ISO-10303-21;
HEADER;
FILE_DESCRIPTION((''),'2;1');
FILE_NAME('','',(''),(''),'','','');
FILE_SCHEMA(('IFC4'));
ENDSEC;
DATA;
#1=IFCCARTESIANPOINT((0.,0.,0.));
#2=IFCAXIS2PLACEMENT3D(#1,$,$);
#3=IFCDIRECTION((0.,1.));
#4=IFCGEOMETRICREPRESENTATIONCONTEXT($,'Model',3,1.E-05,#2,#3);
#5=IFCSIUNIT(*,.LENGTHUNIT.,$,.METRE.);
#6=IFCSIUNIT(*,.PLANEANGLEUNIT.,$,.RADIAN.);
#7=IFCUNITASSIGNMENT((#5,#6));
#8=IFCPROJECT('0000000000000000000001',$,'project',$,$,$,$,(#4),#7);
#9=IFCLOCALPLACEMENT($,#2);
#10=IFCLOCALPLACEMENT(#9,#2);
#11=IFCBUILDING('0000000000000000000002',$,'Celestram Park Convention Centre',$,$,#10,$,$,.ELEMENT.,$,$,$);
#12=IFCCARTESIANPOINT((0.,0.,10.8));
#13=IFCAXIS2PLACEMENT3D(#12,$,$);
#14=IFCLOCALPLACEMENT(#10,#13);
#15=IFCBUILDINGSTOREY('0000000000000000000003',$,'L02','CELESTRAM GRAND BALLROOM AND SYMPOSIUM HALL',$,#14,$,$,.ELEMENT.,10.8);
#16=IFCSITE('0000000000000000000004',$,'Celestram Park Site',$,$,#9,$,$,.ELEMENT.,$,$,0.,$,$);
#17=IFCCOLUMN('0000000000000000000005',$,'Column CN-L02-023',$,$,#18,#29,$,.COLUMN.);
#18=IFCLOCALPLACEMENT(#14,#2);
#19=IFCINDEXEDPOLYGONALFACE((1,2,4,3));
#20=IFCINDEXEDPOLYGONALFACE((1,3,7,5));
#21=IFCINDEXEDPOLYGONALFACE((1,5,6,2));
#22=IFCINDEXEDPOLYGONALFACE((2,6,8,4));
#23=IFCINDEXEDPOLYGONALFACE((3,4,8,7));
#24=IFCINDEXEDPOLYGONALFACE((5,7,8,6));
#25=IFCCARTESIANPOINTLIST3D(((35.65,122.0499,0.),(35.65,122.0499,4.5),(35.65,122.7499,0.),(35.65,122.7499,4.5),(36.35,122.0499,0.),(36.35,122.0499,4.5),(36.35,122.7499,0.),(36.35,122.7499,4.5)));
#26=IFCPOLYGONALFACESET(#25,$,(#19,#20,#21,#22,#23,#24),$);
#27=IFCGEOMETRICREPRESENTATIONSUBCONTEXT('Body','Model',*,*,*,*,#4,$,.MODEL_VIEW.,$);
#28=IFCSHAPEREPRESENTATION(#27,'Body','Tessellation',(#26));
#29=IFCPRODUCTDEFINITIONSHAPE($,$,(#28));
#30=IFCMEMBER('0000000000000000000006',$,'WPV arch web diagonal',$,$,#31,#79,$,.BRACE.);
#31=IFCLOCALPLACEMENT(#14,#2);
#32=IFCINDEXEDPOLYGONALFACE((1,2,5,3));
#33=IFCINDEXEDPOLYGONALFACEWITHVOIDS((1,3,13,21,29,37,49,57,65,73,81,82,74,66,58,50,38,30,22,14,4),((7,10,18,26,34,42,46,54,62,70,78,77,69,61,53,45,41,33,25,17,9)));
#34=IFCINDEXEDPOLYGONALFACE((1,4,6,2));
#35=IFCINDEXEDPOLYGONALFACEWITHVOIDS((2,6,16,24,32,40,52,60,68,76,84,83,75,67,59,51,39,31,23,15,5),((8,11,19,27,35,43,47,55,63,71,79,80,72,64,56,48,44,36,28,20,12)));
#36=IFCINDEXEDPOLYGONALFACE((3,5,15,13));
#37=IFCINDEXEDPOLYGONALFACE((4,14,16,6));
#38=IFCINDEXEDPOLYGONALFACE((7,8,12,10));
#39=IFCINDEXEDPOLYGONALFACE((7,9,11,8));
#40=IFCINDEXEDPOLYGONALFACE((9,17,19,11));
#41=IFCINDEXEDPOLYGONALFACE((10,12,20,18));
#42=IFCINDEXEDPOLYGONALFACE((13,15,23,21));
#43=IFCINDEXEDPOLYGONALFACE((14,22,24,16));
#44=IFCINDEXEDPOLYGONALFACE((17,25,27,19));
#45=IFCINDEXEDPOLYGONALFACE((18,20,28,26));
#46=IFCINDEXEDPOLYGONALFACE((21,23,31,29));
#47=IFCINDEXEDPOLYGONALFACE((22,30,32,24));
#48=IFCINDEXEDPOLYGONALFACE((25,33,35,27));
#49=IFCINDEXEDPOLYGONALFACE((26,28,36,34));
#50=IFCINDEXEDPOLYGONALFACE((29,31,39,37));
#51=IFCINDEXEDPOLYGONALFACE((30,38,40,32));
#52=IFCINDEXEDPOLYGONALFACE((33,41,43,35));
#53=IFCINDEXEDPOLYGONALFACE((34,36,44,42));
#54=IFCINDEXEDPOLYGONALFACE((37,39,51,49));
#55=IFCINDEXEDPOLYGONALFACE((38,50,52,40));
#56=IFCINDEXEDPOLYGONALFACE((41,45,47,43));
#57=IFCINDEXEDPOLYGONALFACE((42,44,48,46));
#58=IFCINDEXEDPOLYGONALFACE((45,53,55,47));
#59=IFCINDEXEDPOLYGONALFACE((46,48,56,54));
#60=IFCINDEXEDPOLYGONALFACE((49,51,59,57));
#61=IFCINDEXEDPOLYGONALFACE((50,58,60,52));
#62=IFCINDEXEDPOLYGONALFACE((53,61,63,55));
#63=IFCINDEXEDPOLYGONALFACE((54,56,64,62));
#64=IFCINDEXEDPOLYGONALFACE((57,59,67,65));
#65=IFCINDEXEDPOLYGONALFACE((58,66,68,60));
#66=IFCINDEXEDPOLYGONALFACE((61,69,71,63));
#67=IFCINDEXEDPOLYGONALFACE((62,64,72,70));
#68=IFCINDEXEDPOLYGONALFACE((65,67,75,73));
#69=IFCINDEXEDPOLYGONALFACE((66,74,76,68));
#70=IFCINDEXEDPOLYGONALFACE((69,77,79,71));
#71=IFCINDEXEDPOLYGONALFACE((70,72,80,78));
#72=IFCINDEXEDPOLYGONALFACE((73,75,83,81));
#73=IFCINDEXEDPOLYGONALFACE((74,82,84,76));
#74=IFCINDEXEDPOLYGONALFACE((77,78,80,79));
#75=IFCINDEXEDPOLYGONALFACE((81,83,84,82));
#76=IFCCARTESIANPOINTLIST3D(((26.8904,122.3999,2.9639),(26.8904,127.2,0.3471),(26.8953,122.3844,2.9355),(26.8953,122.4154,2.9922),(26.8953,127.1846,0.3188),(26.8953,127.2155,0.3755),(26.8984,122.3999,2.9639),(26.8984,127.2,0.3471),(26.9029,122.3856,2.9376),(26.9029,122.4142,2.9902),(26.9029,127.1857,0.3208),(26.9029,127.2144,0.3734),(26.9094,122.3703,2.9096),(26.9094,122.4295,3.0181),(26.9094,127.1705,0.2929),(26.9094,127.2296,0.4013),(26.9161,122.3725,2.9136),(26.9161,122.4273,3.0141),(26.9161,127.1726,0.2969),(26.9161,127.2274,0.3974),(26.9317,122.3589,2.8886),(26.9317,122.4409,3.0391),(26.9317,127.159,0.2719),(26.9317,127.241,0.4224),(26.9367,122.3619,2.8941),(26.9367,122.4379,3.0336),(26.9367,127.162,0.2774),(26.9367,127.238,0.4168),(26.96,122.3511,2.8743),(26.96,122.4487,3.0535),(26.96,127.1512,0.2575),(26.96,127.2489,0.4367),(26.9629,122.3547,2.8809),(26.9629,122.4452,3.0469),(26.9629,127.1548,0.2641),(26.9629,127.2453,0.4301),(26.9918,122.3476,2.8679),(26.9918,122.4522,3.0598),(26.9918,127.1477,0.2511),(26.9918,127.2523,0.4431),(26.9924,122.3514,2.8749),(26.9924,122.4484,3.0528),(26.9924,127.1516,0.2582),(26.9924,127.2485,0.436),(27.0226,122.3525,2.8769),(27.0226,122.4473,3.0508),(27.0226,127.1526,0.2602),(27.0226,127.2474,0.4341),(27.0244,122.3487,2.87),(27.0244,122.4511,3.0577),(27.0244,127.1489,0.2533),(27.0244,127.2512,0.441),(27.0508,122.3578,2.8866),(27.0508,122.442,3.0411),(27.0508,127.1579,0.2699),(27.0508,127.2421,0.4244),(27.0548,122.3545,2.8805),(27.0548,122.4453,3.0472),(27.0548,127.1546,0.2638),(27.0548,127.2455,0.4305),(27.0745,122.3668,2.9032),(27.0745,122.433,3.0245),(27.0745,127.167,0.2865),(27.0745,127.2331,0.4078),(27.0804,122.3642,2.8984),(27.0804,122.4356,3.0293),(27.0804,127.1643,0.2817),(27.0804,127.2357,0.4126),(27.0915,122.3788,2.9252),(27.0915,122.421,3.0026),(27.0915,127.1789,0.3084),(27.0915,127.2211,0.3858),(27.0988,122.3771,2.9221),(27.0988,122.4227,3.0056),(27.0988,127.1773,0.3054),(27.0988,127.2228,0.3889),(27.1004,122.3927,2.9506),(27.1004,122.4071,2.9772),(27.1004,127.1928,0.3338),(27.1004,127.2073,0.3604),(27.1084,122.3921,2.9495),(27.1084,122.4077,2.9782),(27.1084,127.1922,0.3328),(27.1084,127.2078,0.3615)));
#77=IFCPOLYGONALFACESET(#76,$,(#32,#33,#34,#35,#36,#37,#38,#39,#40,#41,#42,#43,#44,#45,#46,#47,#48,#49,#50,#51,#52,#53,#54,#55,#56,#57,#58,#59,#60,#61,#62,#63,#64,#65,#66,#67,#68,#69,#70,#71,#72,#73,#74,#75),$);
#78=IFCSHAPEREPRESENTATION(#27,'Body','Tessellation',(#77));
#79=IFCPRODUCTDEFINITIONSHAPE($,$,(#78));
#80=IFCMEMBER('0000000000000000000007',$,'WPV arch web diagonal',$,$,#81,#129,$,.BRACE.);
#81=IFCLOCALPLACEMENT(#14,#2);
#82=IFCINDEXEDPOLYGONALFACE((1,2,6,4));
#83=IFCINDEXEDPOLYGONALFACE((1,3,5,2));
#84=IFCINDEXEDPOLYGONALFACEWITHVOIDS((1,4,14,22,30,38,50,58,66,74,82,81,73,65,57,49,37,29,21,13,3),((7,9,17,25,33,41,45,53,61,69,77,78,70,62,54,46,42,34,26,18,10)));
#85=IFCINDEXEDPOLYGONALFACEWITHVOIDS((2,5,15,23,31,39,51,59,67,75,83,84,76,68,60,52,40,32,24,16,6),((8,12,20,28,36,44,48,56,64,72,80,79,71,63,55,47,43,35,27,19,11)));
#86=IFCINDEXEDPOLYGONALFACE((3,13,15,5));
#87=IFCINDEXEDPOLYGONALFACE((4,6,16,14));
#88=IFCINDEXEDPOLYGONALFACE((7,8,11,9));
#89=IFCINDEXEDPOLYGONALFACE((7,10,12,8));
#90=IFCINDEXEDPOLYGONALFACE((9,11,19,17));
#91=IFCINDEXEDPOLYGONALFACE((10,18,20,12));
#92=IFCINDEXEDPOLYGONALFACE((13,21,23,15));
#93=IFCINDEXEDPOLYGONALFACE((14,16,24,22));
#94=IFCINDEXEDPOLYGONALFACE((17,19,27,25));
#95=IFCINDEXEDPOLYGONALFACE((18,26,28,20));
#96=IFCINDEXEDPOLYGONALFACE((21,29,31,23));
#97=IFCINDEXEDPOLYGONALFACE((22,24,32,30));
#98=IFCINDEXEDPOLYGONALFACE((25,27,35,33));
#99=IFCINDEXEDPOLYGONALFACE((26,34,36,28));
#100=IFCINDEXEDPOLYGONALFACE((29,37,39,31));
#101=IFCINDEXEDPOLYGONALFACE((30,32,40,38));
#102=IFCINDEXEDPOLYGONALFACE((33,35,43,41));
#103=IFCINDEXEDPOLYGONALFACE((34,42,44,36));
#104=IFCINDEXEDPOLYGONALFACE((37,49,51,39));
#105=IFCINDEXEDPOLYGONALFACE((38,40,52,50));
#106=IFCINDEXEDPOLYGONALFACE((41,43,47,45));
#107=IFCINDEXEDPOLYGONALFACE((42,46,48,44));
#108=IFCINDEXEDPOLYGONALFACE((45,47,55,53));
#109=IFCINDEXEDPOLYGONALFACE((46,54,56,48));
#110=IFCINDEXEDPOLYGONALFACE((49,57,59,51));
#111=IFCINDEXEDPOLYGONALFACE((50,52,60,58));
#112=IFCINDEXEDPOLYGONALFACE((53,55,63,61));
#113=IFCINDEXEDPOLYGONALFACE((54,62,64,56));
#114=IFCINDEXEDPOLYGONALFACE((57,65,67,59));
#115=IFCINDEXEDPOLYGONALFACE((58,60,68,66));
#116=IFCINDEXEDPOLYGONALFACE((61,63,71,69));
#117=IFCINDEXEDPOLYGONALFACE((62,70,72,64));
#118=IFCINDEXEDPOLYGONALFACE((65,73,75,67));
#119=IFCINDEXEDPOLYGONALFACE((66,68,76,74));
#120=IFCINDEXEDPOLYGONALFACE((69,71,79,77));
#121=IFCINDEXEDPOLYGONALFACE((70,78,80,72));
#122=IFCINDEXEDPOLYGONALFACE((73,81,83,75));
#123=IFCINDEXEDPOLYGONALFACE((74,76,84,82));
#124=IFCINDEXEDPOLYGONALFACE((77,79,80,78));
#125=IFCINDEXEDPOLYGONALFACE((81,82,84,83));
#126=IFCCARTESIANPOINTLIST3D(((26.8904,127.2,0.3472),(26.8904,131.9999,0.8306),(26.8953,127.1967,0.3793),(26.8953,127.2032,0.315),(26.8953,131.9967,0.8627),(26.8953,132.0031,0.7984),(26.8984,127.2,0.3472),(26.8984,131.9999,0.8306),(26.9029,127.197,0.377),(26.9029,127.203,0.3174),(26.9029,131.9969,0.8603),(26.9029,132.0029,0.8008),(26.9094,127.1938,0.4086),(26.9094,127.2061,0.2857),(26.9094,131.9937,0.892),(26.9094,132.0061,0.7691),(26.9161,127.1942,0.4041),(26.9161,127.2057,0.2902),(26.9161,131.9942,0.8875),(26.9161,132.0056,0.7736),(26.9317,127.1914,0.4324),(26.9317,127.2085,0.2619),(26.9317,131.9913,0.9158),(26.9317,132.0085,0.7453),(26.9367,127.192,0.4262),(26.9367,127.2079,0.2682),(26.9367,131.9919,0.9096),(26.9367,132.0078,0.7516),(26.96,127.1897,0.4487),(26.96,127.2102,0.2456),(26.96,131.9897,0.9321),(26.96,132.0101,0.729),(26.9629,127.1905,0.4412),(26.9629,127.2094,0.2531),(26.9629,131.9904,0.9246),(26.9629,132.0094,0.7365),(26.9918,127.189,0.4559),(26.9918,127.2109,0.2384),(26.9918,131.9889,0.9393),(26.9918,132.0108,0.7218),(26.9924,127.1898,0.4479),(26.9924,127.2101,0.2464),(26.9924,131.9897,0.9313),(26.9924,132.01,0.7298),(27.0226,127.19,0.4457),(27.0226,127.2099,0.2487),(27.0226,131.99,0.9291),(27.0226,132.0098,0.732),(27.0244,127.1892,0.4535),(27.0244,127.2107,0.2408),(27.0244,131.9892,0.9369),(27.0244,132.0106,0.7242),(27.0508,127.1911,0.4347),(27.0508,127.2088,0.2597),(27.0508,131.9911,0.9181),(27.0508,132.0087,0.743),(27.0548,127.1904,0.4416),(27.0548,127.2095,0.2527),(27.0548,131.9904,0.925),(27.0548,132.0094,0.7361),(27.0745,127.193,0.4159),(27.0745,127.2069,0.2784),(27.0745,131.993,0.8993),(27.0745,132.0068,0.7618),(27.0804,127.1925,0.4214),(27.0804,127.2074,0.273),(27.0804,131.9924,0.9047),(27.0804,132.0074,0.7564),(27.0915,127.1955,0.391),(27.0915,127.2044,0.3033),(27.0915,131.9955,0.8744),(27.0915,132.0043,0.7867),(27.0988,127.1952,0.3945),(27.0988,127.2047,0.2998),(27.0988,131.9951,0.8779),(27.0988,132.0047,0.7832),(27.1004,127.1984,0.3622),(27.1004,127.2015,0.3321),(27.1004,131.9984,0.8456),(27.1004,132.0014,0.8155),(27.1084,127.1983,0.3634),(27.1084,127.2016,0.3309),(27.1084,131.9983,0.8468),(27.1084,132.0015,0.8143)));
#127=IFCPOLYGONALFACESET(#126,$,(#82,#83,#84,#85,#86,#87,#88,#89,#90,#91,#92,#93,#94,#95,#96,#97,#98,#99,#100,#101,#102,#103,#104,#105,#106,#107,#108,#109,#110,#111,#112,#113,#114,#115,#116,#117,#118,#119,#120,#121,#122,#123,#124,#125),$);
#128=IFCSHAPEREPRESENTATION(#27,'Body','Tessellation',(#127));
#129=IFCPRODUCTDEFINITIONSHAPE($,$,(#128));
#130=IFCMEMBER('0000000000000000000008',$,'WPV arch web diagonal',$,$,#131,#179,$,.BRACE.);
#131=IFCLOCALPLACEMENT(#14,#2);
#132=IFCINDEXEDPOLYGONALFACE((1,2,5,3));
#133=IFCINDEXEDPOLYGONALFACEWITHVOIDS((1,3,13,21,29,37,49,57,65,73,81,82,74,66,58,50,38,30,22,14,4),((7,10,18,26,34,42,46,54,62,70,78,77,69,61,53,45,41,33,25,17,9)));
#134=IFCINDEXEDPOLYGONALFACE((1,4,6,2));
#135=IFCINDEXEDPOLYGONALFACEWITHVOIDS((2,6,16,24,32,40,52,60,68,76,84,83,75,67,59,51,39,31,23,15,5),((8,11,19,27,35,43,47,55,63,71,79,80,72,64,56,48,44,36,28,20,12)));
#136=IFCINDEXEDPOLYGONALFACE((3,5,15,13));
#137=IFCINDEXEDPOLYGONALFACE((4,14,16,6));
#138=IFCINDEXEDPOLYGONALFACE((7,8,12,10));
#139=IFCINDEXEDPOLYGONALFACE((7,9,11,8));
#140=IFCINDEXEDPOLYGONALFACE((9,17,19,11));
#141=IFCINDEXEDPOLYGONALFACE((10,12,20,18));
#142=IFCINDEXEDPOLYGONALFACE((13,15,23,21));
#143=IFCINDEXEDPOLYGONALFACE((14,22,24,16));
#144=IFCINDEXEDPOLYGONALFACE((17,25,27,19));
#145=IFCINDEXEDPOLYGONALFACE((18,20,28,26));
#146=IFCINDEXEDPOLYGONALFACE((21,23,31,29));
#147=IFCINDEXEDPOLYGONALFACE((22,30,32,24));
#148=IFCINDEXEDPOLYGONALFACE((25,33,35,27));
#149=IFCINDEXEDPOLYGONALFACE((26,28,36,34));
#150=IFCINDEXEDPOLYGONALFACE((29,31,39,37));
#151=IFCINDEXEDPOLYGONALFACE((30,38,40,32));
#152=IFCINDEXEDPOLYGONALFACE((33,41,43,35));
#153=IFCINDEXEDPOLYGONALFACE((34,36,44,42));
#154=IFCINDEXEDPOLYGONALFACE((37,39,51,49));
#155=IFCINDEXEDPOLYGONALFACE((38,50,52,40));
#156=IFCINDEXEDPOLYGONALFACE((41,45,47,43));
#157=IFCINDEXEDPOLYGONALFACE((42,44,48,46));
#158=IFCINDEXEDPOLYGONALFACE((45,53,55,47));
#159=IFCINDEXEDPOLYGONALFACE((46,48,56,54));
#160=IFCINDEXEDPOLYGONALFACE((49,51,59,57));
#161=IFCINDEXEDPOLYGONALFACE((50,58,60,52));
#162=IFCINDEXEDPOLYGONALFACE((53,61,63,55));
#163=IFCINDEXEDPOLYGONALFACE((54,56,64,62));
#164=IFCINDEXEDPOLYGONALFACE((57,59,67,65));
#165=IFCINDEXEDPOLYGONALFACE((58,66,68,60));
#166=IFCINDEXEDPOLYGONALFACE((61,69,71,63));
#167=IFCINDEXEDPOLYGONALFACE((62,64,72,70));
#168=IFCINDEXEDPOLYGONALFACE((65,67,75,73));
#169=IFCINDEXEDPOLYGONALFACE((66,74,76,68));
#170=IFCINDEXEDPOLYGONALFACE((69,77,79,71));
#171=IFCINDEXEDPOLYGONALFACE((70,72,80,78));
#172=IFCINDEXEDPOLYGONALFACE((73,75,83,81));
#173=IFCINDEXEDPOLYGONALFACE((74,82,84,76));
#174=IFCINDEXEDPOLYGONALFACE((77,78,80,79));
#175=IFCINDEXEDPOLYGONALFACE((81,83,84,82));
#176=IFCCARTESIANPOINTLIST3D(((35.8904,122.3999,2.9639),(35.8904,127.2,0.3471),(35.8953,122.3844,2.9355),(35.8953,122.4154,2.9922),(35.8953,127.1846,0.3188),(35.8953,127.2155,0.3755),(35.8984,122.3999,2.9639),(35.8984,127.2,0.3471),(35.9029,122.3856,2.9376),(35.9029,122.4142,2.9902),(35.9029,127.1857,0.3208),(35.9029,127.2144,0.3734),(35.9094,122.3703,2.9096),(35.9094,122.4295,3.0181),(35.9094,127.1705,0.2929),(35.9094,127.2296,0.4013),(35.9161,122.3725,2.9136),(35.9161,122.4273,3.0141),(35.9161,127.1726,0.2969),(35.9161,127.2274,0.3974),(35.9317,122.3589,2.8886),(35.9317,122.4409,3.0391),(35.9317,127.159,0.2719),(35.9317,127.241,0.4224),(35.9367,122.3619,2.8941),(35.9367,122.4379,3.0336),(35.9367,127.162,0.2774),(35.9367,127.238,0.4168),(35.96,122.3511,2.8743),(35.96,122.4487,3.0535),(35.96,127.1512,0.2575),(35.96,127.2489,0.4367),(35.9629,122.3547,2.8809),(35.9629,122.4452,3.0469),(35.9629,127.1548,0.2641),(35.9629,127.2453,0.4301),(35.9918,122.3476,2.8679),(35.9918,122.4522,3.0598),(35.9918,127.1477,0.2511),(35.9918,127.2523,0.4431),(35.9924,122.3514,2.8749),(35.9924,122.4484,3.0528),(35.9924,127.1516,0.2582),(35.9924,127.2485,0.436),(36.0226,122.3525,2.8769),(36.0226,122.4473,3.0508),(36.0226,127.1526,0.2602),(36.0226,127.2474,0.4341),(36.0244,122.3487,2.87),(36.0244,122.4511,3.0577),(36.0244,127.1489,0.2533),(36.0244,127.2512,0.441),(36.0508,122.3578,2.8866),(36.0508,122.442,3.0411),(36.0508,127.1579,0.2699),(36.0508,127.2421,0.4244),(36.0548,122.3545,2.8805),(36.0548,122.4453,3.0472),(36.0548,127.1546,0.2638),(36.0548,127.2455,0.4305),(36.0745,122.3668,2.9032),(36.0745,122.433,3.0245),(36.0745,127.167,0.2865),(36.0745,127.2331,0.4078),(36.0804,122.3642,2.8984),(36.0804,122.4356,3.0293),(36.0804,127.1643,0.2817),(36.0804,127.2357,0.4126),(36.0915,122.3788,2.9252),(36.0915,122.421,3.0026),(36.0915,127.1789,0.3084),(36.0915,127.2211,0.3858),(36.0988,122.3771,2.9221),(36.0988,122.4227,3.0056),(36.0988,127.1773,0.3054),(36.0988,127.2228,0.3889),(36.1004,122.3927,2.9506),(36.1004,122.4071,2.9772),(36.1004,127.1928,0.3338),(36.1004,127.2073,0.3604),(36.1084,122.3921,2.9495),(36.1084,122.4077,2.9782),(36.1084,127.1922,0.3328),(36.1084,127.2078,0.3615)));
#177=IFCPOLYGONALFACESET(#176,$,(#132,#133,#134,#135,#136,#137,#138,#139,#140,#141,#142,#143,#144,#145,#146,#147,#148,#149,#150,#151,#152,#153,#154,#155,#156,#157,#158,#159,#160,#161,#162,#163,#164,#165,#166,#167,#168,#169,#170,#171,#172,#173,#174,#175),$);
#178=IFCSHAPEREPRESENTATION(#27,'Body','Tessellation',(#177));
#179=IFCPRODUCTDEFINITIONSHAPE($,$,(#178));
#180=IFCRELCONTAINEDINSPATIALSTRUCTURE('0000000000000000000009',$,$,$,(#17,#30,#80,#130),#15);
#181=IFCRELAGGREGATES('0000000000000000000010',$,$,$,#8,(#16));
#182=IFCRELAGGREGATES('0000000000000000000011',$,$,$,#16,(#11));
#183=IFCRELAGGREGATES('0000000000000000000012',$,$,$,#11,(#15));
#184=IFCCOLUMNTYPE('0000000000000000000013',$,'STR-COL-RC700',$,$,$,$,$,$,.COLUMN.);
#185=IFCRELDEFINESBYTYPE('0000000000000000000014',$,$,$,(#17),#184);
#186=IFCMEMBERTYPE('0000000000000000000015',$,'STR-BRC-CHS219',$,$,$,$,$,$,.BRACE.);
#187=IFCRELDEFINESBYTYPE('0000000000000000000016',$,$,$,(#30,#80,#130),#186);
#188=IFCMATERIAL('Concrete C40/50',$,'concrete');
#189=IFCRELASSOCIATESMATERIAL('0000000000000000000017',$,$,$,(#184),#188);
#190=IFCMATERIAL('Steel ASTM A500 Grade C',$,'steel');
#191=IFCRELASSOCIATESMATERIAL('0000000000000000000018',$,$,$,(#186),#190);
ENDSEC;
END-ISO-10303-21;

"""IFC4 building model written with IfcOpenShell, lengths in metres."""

from ifc_helpers import new_model, si_unit, direction, frame, origin, origin_2d, place, context, subcontext, project, spatial, rectangle, hollow_circle, extrude, material, material_profile, profile_set, type_object, element, save


model = new_model("IFC4")

# Units and contexts
model_context = context("Model", 3, precision=1e-05, world=origin(), true_north=direction((0.0, 1.0)))
body_context = subcontext(model_context, "Body", "Model", "MODEL_VIEW")
ifc_project = project(units=[si_unit("LENGTHUNIT", "METRE"), si_unit("PLANEANGLEUNIT", "RADIAN")], contexts=[model_context])

# Site, building, storey
site_placement = place(None, origin())
site = spatial("IfcSite", under=ifc_project, at=site_placement, Name="Celestram Park Site", CompositionType="ELEMENT", RefElevation=0.0)
building_placement = place(site_placement, origin())
building = spatial("IfcBuilding", under=site, at=building_placement, Name="Celestram Park Convention Centre", CompositionType="ELEMENT")
storey_placement = place(building_placement, frame((0.0, 0.0, 10.8)))
storey = spatial("IfcBuildingStorey", under=building, at=storey_placement, Name="L02", Description="CELESTRAM GRAND BALLROOM AND SYMPOSIUM HALL", CompositionType="ELEMENT", Elevation=10.8)

# Column
ifc_material_1 = material(Name="Concrete C40/50", Category="concrete")
ifc_material_profile_1 = material_profile(ifc_material_1, rectangle(XDim=0.7, YDim=0.7, at=origin_2d()), Name="RC700X700")
ifc_profile_set_1 = profile_set([ifc_material_profile_1], Name="Concrete C40/50")
column_type = type_object("IfcColumnType", Name="STR-COL-RC700", PredefinedType="COLUMN", material=ifc_profile_set_1)
column_placement = place(storey_placement, frame((36.0, 122.3999, 0.0), z_axis=(0.0, 0.0, 1.0), x_axis=(1.0, 0.0, 0.0)))
element("IfcColumn", 1, at=column_placement, inside=storey, type_object=column_type, Name="Column CN-L02-023", PredefinedType="COLUMN", context=body_context, shape_type="SweptSolid", body=[
    extrude(rectangle(XDim=0.7, YDim=0.7, at=origin_2d()), origin(), (0.0, 0.0, 1.0), 4.5),
])

# Members
ifc_material_2 = material(Name="Steel ASTM A500 Grade C", Category="steel")
ifc_material_profile_2 = material_profile(ifc_material_2, hollow_circle(Radius=0.1096, WallThickness=0.0081, at=origin_2d()), Name="CHS219X8")
ifc_profile_set_2 = profile_set([ifc_material_profile_2], Name="Steel ASTM A500 Grade C")
member_type_1 = type_object("IfcMemberType", Name="STR-BRC-CHS219", PredefinedType="BRACE", material=ifc_profile_set_2)
member_1_placement = place(storey_placement, frame((27.0, 122.3999, 2.9639), z_axis=(0.0, 0.878012, -0.478639), x_axis=(-1.0, 0.0, 0.0)))
element("IfcMember", 2, at=member_1_placement, inside=storey, type_object=member_type_1, Name="WPV arch web diagonal", PredefinedType="BRACE", context=body_context, shape_type="SweptSolid", body=[
    extrude(hollow_circle(Radius=0.1096, WallThickness=0.0081, at=origin_2d()), origin(), (0.0, 0.0, 1.0), 5.467),
])
member_2_placement = place(storey_placement, frame((27.0, 127.2, 0.3472), z_axis=(0.0, 0.994967, 0.1002), x_axis=(-1.0, 0.0, 0.0)))
element("IfcMember", 3, at=member_2_placement, inside=storey, type_object=member_type_1, Name="WPV arch web diagonal", PredefinedType="BRACE", context=body_context, shape_type="SweptSolid", body=[
    extrude(hollow_circle(Radius=0.1096, WallThickness=0.0081, at=origin_2d()), origin(), (0.0, 0.0, 1.0), 4.8242),
])
member_3_placement = place(storey_placement, frame((36.0, 122.3999, 2.9639), z_axis=(0.0, 0.878012, -0.478639), x_axis=(-1.0, 0.0, 0.0)))
element("IfcMember", 4, at=member_3_placement, inside=storey, type_object=member_type_1, Name="WPV arch web diagonal", PredefinedType="BRACE", context=body_context, shape_type="SweptSolid", body=[
    extrude(hollow_circle(Radius=0.1096, WallThickness=0.0081, at=origin_2d()), origin(), (0.0, 0.0, 1.0), 5.467),
])

save(model, "model.ifc")
